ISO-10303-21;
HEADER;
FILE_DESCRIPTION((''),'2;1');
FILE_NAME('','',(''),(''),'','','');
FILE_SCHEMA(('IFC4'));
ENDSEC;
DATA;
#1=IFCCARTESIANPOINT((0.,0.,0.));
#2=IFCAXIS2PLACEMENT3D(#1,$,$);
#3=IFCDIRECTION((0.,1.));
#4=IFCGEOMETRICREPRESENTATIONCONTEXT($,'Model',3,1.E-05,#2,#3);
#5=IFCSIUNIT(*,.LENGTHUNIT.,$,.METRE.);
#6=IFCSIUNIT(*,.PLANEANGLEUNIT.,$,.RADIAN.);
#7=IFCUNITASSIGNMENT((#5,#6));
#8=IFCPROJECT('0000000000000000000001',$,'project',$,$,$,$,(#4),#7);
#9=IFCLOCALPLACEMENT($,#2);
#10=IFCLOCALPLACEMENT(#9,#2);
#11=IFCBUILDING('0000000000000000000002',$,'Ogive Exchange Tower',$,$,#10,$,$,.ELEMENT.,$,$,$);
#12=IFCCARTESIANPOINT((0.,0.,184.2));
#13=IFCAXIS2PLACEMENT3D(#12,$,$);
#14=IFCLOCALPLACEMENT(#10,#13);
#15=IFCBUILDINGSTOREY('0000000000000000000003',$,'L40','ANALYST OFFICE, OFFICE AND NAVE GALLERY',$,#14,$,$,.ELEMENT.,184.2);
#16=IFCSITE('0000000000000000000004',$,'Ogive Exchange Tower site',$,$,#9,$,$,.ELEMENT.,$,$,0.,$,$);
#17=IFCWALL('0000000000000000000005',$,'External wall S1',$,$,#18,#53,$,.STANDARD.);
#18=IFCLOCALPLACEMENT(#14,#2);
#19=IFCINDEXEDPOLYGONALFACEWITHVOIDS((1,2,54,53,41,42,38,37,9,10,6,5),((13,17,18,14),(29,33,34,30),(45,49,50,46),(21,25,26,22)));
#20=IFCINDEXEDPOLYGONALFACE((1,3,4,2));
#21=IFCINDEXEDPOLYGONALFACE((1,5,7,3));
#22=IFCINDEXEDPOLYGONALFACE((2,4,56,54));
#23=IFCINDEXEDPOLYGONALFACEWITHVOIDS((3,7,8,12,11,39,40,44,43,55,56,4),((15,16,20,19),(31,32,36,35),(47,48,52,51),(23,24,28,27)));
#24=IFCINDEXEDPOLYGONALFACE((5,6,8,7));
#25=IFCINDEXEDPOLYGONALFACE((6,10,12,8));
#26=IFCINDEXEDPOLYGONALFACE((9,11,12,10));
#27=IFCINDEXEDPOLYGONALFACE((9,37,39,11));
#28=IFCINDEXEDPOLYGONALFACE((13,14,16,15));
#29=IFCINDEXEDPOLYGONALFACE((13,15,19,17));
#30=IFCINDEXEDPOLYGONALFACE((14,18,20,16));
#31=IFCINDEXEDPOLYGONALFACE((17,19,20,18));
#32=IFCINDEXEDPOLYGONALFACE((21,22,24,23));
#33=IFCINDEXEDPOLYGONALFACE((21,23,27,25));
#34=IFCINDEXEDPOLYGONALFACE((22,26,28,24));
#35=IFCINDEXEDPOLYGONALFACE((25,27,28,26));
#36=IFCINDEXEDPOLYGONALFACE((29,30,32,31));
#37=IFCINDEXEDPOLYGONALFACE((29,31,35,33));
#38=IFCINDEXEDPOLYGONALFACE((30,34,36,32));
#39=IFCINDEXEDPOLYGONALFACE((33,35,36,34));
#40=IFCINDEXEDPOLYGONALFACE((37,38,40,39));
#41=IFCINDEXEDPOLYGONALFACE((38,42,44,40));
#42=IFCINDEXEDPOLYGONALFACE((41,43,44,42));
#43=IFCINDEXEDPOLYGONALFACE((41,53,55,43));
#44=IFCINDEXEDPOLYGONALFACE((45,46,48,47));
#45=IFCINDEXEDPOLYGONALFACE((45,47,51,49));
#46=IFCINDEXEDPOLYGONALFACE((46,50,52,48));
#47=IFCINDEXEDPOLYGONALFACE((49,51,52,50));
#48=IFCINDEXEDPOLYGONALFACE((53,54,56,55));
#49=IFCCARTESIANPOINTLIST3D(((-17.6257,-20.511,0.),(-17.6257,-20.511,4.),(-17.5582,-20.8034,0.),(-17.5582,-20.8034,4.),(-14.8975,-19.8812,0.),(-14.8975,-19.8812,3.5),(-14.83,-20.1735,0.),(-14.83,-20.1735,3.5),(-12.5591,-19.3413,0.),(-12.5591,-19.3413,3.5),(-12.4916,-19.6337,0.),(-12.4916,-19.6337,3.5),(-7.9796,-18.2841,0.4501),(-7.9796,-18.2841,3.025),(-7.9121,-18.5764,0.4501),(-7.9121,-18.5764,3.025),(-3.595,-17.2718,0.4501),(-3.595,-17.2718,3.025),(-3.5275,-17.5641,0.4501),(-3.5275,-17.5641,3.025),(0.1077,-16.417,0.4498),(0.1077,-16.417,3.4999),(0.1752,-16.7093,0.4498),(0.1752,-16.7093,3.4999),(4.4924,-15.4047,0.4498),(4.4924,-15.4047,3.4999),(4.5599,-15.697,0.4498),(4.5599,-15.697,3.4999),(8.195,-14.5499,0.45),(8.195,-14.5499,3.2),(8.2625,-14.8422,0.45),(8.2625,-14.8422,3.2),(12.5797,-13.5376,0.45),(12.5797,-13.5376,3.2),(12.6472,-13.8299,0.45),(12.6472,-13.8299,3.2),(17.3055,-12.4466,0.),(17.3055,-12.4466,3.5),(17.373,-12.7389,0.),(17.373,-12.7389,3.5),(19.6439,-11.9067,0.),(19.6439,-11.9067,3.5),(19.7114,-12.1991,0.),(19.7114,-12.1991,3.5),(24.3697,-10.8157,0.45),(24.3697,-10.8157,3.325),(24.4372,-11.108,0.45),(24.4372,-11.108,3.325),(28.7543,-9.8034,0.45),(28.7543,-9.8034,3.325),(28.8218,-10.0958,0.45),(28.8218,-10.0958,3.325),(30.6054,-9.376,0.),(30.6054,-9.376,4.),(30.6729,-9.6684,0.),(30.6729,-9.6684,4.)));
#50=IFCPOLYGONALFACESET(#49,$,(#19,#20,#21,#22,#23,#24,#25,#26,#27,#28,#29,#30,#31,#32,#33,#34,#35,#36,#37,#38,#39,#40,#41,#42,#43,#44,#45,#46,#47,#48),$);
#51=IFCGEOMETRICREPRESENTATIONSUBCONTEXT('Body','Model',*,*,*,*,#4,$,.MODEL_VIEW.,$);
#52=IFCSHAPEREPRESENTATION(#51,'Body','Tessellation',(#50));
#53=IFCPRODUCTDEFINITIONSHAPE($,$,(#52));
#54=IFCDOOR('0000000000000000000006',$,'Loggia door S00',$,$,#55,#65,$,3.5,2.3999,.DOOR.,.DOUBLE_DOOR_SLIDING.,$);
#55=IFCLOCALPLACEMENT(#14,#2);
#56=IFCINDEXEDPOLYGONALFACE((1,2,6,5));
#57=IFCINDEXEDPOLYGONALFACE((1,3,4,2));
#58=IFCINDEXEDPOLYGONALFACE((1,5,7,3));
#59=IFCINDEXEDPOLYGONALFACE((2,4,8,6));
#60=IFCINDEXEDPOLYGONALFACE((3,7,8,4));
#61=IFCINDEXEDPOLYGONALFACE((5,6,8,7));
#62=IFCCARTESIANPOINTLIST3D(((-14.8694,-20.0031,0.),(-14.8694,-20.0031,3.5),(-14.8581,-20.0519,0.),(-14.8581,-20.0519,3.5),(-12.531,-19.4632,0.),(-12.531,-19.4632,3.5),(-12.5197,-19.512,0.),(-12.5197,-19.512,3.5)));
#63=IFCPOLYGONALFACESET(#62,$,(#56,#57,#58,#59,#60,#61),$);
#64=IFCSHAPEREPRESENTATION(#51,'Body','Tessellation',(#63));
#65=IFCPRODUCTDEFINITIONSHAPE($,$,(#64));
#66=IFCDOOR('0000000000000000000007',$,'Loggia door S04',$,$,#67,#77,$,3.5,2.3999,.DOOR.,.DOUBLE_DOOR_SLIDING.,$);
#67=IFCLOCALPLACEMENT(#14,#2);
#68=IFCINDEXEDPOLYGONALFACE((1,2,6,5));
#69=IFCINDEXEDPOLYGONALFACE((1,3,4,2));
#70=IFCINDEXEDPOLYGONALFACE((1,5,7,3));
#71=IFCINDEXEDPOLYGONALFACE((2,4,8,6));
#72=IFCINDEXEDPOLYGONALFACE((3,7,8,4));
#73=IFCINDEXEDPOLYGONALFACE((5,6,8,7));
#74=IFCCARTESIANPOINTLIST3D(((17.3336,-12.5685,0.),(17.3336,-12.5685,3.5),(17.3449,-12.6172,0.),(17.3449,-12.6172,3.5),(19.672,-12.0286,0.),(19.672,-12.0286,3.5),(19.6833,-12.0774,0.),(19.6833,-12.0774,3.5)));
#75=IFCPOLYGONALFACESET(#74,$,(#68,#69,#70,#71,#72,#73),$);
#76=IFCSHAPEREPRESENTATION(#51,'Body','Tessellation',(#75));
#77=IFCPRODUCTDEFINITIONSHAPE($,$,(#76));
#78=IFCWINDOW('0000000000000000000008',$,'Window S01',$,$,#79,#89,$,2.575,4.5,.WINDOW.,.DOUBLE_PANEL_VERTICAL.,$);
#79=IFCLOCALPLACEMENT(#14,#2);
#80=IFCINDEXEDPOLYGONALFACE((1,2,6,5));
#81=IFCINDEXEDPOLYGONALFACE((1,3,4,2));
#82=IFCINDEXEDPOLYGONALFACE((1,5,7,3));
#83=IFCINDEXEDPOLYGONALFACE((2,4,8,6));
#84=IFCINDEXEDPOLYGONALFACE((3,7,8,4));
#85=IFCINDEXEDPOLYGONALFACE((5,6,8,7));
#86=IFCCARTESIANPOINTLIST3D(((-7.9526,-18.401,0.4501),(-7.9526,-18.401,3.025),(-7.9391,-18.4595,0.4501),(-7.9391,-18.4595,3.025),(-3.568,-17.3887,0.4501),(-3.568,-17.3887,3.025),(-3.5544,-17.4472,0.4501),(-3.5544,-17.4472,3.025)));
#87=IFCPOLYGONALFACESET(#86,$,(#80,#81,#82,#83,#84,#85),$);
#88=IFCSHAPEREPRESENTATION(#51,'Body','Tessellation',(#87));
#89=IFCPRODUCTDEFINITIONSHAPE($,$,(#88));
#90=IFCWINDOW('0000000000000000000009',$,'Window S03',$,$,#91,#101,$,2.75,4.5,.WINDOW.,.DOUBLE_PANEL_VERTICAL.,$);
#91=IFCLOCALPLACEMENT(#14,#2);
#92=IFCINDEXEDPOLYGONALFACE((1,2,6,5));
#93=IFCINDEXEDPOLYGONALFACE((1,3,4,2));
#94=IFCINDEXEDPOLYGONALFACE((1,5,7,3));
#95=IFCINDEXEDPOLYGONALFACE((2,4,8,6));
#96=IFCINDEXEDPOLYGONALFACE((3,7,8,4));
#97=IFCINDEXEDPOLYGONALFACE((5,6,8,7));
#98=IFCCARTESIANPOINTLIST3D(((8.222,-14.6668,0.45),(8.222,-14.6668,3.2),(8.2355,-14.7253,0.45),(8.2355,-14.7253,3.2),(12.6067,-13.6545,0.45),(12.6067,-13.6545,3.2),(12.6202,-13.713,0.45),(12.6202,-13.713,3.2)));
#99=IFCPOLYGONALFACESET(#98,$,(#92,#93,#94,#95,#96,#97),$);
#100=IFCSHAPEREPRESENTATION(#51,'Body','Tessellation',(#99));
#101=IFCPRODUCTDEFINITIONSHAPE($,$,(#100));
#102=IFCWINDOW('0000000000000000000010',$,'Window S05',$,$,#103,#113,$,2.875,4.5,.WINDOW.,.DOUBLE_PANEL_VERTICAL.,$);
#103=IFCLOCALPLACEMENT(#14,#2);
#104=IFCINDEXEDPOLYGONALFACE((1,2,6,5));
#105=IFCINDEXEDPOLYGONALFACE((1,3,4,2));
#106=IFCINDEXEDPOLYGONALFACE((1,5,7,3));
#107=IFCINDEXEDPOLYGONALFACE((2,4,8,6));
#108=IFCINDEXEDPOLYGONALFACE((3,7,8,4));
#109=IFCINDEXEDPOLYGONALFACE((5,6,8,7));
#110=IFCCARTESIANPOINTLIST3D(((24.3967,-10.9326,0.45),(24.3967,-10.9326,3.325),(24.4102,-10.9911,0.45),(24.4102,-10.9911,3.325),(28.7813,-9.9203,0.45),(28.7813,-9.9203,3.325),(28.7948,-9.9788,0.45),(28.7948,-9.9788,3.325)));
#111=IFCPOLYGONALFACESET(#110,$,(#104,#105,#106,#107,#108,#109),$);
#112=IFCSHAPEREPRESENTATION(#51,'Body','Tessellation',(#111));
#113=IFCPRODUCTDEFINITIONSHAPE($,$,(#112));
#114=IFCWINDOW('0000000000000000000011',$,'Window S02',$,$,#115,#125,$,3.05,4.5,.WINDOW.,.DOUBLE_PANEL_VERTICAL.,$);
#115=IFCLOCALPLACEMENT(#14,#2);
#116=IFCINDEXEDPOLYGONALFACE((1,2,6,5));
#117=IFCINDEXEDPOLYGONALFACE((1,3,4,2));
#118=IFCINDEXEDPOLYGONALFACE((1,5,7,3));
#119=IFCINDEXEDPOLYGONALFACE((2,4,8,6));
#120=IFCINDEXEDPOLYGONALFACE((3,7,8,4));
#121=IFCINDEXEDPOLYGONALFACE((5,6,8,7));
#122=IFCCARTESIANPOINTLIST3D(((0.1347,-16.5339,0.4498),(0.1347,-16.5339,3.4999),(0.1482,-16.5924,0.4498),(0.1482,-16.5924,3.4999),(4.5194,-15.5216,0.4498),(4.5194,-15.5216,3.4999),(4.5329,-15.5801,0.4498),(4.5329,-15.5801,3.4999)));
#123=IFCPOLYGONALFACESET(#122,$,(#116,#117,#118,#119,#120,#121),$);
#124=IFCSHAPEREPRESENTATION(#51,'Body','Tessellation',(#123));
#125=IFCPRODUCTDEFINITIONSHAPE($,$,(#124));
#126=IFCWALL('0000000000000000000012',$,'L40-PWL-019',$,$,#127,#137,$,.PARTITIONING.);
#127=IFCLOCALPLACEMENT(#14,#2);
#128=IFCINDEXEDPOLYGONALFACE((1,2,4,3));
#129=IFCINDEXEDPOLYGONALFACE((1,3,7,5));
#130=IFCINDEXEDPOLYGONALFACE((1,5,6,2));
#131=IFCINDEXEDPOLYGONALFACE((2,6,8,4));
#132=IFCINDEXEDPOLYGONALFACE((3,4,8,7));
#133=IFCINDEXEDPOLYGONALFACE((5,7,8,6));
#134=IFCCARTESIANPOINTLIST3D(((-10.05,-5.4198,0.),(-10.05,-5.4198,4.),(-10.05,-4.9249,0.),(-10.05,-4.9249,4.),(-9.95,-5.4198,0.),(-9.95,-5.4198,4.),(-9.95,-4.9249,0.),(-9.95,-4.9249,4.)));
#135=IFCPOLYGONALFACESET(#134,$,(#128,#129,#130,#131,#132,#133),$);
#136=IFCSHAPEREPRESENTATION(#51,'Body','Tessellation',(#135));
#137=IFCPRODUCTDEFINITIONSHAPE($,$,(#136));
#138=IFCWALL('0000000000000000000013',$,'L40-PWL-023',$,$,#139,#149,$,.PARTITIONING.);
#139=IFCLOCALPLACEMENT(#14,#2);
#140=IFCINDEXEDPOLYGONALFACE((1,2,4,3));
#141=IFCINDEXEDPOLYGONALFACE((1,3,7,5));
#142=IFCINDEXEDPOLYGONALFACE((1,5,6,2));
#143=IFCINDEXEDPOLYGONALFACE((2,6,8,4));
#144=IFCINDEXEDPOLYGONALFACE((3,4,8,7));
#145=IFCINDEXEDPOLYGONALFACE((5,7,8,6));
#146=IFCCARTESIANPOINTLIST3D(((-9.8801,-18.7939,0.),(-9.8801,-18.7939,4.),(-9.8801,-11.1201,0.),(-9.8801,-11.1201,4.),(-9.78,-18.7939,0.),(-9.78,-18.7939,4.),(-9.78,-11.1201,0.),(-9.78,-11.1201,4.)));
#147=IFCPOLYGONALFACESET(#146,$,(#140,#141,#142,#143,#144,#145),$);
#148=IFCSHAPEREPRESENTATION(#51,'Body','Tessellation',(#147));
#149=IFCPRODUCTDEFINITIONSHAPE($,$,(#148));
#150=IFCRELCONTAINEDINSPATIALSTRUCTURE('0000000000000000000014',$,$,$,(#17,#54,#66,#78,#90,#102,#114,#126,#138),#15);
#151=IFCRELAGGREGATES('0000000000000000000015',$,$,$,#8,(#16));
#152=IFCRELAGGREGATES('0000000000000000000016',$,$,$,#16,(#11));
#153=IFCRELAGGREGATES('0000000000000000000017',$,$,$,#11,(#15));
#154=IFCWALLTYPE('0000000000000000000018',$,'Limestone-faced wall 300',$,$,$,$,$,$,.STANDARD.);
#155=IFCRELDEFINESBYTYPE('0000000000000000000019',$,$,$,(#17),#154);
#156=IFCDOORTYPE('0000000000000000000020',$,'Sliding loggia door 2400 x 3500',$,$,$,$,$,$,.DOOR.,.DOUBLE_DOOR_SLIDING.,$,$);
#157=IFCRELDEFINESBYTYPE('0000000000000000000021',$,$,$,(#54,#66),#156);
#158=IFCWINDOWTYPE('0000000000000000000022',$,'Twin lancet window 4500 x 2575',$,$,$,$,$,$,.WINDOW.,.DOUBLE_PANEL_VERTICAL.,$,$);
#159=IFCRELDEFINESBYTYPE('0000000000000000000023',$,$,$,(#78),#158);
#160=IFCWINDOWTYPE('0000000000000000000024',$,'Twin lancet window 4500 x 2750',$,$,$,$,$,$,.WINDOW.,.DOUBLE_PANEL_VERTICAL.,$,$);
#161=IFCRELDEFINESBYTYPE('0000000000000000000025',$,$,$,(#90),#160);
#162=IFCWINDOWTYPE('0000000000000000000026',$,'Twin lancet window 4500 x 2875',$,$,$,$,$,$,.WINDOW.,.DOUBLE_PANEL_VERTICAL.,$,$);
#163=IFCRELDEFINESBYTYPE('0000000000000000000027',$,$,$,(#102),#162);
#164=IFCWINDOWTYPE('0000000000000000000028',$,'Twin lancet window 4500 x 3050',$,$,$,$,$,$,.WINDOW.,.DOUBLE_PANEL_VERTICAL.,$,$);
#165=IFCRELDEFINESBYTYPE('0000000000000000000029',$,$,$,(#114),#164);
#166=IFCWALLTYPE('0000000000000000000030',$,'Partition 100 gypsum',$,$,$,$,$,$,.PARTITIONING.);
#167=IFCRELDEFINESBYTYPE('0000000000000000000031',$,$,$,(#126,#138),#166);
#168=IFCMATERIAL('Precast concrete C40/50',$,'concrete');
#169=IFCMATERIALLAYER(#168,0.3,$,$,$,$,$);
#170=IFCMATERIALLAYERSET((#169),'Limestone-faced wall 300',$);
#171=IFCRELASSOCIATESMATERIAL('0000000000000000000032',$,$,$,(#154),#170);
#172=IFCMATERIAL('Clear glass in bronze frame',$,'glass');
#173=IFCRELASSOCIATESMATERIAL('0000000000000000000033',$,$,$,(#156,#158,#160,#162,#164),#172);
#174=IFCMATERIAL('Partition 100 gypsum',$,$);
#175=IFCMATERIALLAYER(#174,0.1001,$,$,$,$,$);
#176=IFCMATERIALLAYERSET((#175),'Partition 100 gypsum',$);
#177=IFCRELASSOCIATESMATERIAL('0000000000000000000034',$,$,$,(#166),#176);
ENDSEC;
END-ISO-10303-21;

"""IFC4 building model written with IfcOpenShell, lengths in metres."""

from ifc_helpers import new_model, si_unit, direction, frame, frame_2d, origin, place, context, subcontext, project, spatial, rectangle, extrude, material, layer, layer_set, type_object, element, fill, save


model = new_model("IFC4")

# Units and contexts
model_context = context("Model", 3, precision=1e-05, world=origin(), true_north=direction((0.0, 1.0)))
body_context = subcontext(model_context, "Body", "Model", "MODEL_VIEW")
ifc_project = project(units=[si_unit("LENGTHUNIT", "METRE"), si_unit("PLANEANGLEUNIT", "RADIAN")], contexts=[model_context])

# Site, building, storey
site_placement = place(None, origin())
site = spatial("IfcSite", under=ifc_project, at=site_placement, Name="Ogive Exchange Tower site", CompositionType="ELEMENT", RefElevation=0.0)
building_placement = place(site_placement, origin())
building = spatial("IfcBuilding", under=site, at=building_placement, Name="Ogive Exchange Tower", CompositionType="ELEMENT")
storey_placement = place(building_placement, frame((0.0, 0.0, 184.2)))
storey = spatial("IfcBuildingStorey", under=building, at=storey_placement, Name="L40", Description="ANALYST OFFICE, OFFICE AND NAVE GALLERY", CompositionType="ELEMENT", Elevation=184.2)

# Wall, openings, doors, windows
ifc_material_1 = material(Name="Precast concrete C40/50", Category="concrete")
ifc_layer_1 = layer(ifc_material_1, 0.3)
ifc_layer_set_1 = layer_set([ifc_layer_1], Name="Limestone-faced wall 300")
wall_type_1 = type_object("IfcWallType", Name="Limestone-faced wall 300", PredefinedType="STANDARD", material=ifc_layer_set_1)
wall_1_placement = place(storey_placement, frame((-17.592, -20.6572, 0.0), z_axis=(0.0, 0.0, 1.0), x_axis=(0.97437, 0.22495, 0.0)))
wall_1 = element("IfcWall", 1, at=wall_1_placement, inside=storey, type_object=wall_type_1, Name="External wall S1", PredefinedType="STANDARD", context=body_context, shape_type="SweptSolid", body=[
    extrude(rectangle(XDim=49.4998, YDim=0.3, at=frame_2d((24.75, 0.0))), origin(), (0.0, 0.0, 1.0), 4.0),
])
opening_1_placement = place(wall_1_placement, frame((2.8, 0.0, 0.0)))
opening_1 = element("IfcOpeningElement", 2, at=opening_1_placement, cuts=wall_1, PredefinedType="OPENING", context=body_context, shape_type="SweptSolid", body=[
    extrude(rectangle(XDim=2.3999, YDim=3.5, at=frame_2d((1.2, 1.75))), frame((0.0, 0.1599, 0.0), z_axis=(0.0, -1.0, 0.0), x_axis=(1.0, 0.0, 0.0)), (0.0, 0.0, 1.0), 0.3201),
])
opening_2_placement = place(wall_1_placement, frame((9.8999, 0.0, 0.45)))
opening_2 = element("IfcOpeningElement", 3, at=opening_2_placement, cuts=wall_1, PredefinedType="OPENING", context=body_context, shape_type="SweptSolid", body=[
    extrude(rectangle(XDim=4.5, YDim=2.575, at=frame_2d((2.25, 1.2876))), frame((0.0, 0.1599, 0.0), z_axis=(0.0, -1.0, 0.0), x_axis=(1.0, 0.0, 0.0)), (0.0, 0.0, 1.0), 0.3201),
])
opening_3_placement = place(wall_1_placement, frame((18.2, 0.0, 0.45)))
opening_3 = element("IfcOpeningElement", 4, at=opening_3_placement, cuts=wall_1, PredefinedType="OPENING", context=body_context, shape_type="SweptSolid", body=[
    extrude(rectangle(XDim=4.5, YDim=3.05, at=frame_2d((2.25, 1.5249))), frame((0.0, 0.1599, 0.0), z_axis=(0.0, -1.0, 0.0), x_axis=(1.0, 0.0, 0.0)), (0.0, 0.0, 1.0), 0.3201),
])
opening_4_placement = place(wall_1_placement, frame((26.5, 0.0, 0.45)))
opening_4 = element("IfcOpeningElement", 5, at=opening_4_placement, cuts=wall_1, PredefinedType="OPENING", context=body_context, shape_type="SweptSolid", body=[
    extrude(rectangle(XDim=4.5, YDim=2.75, at=frame_2d((2.25, 1.375))), frame((0.0, 0.1599, 0.0), z_axis=(0.0, -1.0, 0.0), x_axis=(1.0, 0.0, 0.0)), (0.0, 0.0, 1.0), 0.3201),
])
opening_5_placement = place(wall_1_placement, frame((35.8501, 0.0, 0.0)))
opening_5 = element("IfcOpeningElement", 6, at=opening_5_placement, cuts=wall_1, PredefinedType="OPENING", context=body_context, shape_type="SweptSolid", body=[
    extrude(rectangle(XDim=2.3999, YDim=3.5, at=frame_2d((1.2, 1.75))), frame((0.0, 0.1599, 0.0), z_axis=(0.0, -1.0, 0.0), x_axis=(1.0, 0.0, 0.0)), (0.0, 0.0, 1.0), 0.3201),
])
opening_6_placement = place(wall_1_placement, frame((43.1001, 0.0, 0.45)))
opening_6 = element("IfcOpeningElement", 7, at=opening_6_placement, cuts=wall_1, PredefinedType="OPENING", context=body_context, shape_type="SweptSolid", body=[
    extrude(rectangle(XDim=4.5, YDim=2.875, at=frame_2d((2.25, 1.4375))), frame((0.0, 0.1599, 0.0), z_axis=(0.0, -1.0, 0.0), x_axis=(1.0, 0.0, 0.0)), (0.0, 0.0, 1.0), 0.3201),
])
ifc_material_2 = material(Name="Clear glass in bronze frame", Category="glass")
door_type_1 = type_object("IfcDoorType", Name="Sliding loggia door 2400 x 3500", OperationType="DOUBLE_DOOR_SLIDING", PredefinedType="DOOR", material=ifc_material_2)
door_1_placement = place(opening_1_placement, origin())
door_1 = element("IfcDoor", 8, at=door_1_placement, inside=storey, type_object=door_type_1, Name="Loggia door S00", OperationType="DOUBLE_DOOR_SLIDING", OverallHeight=3.5, OverallWidth=2.3999, PredefinedType="DOOR", context=body_context, shape_type="SweptSolid", body=[
    extrude(rectangle(XDim=2.3999, YDim=3.5, at=frame_2d((1.2, 1.75))), frame((0.0, 0.0249, 0.0), z_axis=(0.0, -1.0, 0.0), x_axis=(1.0, 0.0, 0.0)), (0.0, 0.0, 1.0), 0.05),
])
fill(opening_1, door_1)
door_2_placement = place(opening_5_placement, origin())
door_2 = element("IfcDoor", 9, at=door_2_placement, inside=storey, type_object=door_type_1, Name="Loggia door S04", OperationType="DOUBLE_DOOR_SLIDING", OverallHeight=3.5, OverallWidth=2.3999, PredefinedType="DOOR", context=body_context, shape_type="SweptSolid", body=[
    extrude(rectangle(XDim=2.3999, YDim=3.5, at=frame_2d((1.2, 1.75))), frame((0.0, 0.0249, 0.0), z_axis=(0.0, -1.0, 0.0), x_axis=(1.0, 0.0, 0.0)), (0.0, 0.0, 1.0), 0.05),
])
fill(opening_5, door_2)
window_type_1 = type_object("IfcWindowType", Name="Twin lancet window 4500 x 2575", PartitioningType="DOUBLE_PANEL_VERTICAL", PredefinedType="WINDOW", material=ifc_material_2)
window_1_placement = place(opening_2_placement, origin())
window_1 = element("IfcWindow", 10, at=window_1_placement, inside=storey, type_object=window_type_1, Name="Window S01", OverallHeight=2.575, OverallWidth=4.5, PartitioningType="DOUBLE_PANEL_VERTICAL", PredefinedType="WINDOW", context=body_context, shape_type="SweptSolid", body=[
    extrude(rectangle(XDim=4.5, YDim=2.575, at=frame_2d((2.25, 1.2876))), frame((0.0, 0.03, 0.0), z_axis=(0.0, -1.0, 0.0), x_axis=(1.0, 0.0, 0.0)), (0.0, 0.0, 1.0), 0.0601),
])
fill(opening_2, window_1)
window_type_2 = type_object("IfcWindowType", Name="Twin lancet window 4500 x 2750", PartitioningType="DOUBLE_PANEL_VERTICAL", PredefinedType="WINDOW", material=ifc_material_2)
window_2_placement = place(opening_4_placement, origin())
window_2 = element("IfcWindow", 11, at=window_2_placement, inside=storey, type_object=window_type_2, Name="Window S03", OverallHeight=2.75, OverallWidth=4.5, PartitioningType="DOUBLE_PANEL_VERTICAL", PredefinedType="WINDOW", context=body_context, shape_type="SweptSolid", body=[
    extrude(rectangle(XDim=4.5, YDim=2.75, at=frame_2d((2.25, 1.375))), frame((0.0, 0.03, 0.0), z_axis=(0.0, -1.0, 0.0), x_axis=(1.0, 0.0, 0.0)), (0.0, 0.0, 1.0), 0.0601),
])
fill(opening_4, window_2)
window_type_3 = type_object("IfcWindowType", Name="Twin lancet window 4500 x 2875", PartitioningType="DOUBLE_PANEL_VERTICAL", PredefinedType="WINDOW", material=ifc_material_2)
window_3_placement = place(opening_6_placement, origin())
window_3 = element("IfcWindow", 12, at=window_3_placement, inside=storey, type_object=window_type_3, Name="Window S05", OverallHeight=2.875, OverallWidth=4.5, PartitioningType="DOUBLE_PANEL_VERTICAL", PredefinedType="WINDOW", context=body_context, shape_type="SweptSolid", body=[
    extrude(rectangle(XDim=4.5, YDim=2.875, at=frame_2d((2.25, 1.4375))), frame((0.0, 0.03, 0.0), z_axis=(0.0, -1.0, 0.0), x_axis=(1.0, 0.0, 0.0)), (0.0, 0.0, 1.0), 0.0601),
])
fill(opening_6, window_3)
window_type_4 = type_object("IfcWindowType", Name="Twin lancet window 4500 x 3050", PartitioningType="DOUBLE_PANEL_VERTICAL", PredefinedType="WINDOW", material=ifc_material_2)
window_4_placement = place(opening_3_placement, origin())
window_4 = element("IfcWindow", 13, at=window_4_placement, inside=storey, type_object=window_type_4, Name="Window S02", OverallHeight=3.05, OverallWidth=4.5, PartitioningType="DOUBLE_PANEL_VERTICAL", PredefinedType="WINDOW", context=body_context, shape_type="SweptSolid", body=[
    extrude(rectangle(XDim=4.5, YDim=3.05, at=frame_2d((2.25, 1.5249))), frame((0.0, 0.03, 0.0), z_axis=(0.0, -1.0, 0.0), x_axis=(1.0, 0.0, 0.0)), (0.0, 0.0, 1.0), 0.0601),
])
fill(opening_3, window_4)

# Walls
ifc_material_3 = material(Name="Partition 100 gypsum")
ifc_layer_2 = layer(ifc_material_3, 0.1001)
ifc_layer_set_2 = layer_set([ifc_layer_2], Name="Partition 100 gypsum")
wall_type_2 = type_object("IfcWallType", Name="Partition 100 gypsum", PredefinedType="PARTITIONING", material=ifc_layer_set_2)
wall_2_placement = place(storey_placement, frame((-10.0, -5.4199, 0.0), z_axis=(0.0, 0.0, 1.0), x_axis=(0.0, 1.0, 0.0)))
element("IfcWall", 14, at=wall_2_placement, inside=storey, type_object=wall_type_2, Name="L40-PWL-019", PredefinedType="PARTITIONING", context=body_context, shape_type="SweptSolid", body=[
    extrude(rectangle(XDim=0.4949, YDim=0.1001, at=frame_2d((0.2476, 0.0))), origin(), (0.0, 0.0, 1.0), 4.0),
])
wall_3_placement = place(storey_placement, frame((-9.8301, -18.7939, 0.0), z_axis=(0.0, 0.0, 1.0), x_axis=(0.0, 1.0, 0.0)))
element("IfcWall", 15, at=wall_3_placement, inside=storey, type_object=wall_type_2, Name="L40-PWL-023", PredefinedType="PARTITIONING", context=body_context, shape_type="SweptSolid", body=[
    extrude(rectangle(XDim=7.6738, YDim=0.1001, at=frame_2d((3.8369, 0.0))), origin(), (0.0, 0.0, 1.0), 4.0),
])

save(model, "model.ifc")
